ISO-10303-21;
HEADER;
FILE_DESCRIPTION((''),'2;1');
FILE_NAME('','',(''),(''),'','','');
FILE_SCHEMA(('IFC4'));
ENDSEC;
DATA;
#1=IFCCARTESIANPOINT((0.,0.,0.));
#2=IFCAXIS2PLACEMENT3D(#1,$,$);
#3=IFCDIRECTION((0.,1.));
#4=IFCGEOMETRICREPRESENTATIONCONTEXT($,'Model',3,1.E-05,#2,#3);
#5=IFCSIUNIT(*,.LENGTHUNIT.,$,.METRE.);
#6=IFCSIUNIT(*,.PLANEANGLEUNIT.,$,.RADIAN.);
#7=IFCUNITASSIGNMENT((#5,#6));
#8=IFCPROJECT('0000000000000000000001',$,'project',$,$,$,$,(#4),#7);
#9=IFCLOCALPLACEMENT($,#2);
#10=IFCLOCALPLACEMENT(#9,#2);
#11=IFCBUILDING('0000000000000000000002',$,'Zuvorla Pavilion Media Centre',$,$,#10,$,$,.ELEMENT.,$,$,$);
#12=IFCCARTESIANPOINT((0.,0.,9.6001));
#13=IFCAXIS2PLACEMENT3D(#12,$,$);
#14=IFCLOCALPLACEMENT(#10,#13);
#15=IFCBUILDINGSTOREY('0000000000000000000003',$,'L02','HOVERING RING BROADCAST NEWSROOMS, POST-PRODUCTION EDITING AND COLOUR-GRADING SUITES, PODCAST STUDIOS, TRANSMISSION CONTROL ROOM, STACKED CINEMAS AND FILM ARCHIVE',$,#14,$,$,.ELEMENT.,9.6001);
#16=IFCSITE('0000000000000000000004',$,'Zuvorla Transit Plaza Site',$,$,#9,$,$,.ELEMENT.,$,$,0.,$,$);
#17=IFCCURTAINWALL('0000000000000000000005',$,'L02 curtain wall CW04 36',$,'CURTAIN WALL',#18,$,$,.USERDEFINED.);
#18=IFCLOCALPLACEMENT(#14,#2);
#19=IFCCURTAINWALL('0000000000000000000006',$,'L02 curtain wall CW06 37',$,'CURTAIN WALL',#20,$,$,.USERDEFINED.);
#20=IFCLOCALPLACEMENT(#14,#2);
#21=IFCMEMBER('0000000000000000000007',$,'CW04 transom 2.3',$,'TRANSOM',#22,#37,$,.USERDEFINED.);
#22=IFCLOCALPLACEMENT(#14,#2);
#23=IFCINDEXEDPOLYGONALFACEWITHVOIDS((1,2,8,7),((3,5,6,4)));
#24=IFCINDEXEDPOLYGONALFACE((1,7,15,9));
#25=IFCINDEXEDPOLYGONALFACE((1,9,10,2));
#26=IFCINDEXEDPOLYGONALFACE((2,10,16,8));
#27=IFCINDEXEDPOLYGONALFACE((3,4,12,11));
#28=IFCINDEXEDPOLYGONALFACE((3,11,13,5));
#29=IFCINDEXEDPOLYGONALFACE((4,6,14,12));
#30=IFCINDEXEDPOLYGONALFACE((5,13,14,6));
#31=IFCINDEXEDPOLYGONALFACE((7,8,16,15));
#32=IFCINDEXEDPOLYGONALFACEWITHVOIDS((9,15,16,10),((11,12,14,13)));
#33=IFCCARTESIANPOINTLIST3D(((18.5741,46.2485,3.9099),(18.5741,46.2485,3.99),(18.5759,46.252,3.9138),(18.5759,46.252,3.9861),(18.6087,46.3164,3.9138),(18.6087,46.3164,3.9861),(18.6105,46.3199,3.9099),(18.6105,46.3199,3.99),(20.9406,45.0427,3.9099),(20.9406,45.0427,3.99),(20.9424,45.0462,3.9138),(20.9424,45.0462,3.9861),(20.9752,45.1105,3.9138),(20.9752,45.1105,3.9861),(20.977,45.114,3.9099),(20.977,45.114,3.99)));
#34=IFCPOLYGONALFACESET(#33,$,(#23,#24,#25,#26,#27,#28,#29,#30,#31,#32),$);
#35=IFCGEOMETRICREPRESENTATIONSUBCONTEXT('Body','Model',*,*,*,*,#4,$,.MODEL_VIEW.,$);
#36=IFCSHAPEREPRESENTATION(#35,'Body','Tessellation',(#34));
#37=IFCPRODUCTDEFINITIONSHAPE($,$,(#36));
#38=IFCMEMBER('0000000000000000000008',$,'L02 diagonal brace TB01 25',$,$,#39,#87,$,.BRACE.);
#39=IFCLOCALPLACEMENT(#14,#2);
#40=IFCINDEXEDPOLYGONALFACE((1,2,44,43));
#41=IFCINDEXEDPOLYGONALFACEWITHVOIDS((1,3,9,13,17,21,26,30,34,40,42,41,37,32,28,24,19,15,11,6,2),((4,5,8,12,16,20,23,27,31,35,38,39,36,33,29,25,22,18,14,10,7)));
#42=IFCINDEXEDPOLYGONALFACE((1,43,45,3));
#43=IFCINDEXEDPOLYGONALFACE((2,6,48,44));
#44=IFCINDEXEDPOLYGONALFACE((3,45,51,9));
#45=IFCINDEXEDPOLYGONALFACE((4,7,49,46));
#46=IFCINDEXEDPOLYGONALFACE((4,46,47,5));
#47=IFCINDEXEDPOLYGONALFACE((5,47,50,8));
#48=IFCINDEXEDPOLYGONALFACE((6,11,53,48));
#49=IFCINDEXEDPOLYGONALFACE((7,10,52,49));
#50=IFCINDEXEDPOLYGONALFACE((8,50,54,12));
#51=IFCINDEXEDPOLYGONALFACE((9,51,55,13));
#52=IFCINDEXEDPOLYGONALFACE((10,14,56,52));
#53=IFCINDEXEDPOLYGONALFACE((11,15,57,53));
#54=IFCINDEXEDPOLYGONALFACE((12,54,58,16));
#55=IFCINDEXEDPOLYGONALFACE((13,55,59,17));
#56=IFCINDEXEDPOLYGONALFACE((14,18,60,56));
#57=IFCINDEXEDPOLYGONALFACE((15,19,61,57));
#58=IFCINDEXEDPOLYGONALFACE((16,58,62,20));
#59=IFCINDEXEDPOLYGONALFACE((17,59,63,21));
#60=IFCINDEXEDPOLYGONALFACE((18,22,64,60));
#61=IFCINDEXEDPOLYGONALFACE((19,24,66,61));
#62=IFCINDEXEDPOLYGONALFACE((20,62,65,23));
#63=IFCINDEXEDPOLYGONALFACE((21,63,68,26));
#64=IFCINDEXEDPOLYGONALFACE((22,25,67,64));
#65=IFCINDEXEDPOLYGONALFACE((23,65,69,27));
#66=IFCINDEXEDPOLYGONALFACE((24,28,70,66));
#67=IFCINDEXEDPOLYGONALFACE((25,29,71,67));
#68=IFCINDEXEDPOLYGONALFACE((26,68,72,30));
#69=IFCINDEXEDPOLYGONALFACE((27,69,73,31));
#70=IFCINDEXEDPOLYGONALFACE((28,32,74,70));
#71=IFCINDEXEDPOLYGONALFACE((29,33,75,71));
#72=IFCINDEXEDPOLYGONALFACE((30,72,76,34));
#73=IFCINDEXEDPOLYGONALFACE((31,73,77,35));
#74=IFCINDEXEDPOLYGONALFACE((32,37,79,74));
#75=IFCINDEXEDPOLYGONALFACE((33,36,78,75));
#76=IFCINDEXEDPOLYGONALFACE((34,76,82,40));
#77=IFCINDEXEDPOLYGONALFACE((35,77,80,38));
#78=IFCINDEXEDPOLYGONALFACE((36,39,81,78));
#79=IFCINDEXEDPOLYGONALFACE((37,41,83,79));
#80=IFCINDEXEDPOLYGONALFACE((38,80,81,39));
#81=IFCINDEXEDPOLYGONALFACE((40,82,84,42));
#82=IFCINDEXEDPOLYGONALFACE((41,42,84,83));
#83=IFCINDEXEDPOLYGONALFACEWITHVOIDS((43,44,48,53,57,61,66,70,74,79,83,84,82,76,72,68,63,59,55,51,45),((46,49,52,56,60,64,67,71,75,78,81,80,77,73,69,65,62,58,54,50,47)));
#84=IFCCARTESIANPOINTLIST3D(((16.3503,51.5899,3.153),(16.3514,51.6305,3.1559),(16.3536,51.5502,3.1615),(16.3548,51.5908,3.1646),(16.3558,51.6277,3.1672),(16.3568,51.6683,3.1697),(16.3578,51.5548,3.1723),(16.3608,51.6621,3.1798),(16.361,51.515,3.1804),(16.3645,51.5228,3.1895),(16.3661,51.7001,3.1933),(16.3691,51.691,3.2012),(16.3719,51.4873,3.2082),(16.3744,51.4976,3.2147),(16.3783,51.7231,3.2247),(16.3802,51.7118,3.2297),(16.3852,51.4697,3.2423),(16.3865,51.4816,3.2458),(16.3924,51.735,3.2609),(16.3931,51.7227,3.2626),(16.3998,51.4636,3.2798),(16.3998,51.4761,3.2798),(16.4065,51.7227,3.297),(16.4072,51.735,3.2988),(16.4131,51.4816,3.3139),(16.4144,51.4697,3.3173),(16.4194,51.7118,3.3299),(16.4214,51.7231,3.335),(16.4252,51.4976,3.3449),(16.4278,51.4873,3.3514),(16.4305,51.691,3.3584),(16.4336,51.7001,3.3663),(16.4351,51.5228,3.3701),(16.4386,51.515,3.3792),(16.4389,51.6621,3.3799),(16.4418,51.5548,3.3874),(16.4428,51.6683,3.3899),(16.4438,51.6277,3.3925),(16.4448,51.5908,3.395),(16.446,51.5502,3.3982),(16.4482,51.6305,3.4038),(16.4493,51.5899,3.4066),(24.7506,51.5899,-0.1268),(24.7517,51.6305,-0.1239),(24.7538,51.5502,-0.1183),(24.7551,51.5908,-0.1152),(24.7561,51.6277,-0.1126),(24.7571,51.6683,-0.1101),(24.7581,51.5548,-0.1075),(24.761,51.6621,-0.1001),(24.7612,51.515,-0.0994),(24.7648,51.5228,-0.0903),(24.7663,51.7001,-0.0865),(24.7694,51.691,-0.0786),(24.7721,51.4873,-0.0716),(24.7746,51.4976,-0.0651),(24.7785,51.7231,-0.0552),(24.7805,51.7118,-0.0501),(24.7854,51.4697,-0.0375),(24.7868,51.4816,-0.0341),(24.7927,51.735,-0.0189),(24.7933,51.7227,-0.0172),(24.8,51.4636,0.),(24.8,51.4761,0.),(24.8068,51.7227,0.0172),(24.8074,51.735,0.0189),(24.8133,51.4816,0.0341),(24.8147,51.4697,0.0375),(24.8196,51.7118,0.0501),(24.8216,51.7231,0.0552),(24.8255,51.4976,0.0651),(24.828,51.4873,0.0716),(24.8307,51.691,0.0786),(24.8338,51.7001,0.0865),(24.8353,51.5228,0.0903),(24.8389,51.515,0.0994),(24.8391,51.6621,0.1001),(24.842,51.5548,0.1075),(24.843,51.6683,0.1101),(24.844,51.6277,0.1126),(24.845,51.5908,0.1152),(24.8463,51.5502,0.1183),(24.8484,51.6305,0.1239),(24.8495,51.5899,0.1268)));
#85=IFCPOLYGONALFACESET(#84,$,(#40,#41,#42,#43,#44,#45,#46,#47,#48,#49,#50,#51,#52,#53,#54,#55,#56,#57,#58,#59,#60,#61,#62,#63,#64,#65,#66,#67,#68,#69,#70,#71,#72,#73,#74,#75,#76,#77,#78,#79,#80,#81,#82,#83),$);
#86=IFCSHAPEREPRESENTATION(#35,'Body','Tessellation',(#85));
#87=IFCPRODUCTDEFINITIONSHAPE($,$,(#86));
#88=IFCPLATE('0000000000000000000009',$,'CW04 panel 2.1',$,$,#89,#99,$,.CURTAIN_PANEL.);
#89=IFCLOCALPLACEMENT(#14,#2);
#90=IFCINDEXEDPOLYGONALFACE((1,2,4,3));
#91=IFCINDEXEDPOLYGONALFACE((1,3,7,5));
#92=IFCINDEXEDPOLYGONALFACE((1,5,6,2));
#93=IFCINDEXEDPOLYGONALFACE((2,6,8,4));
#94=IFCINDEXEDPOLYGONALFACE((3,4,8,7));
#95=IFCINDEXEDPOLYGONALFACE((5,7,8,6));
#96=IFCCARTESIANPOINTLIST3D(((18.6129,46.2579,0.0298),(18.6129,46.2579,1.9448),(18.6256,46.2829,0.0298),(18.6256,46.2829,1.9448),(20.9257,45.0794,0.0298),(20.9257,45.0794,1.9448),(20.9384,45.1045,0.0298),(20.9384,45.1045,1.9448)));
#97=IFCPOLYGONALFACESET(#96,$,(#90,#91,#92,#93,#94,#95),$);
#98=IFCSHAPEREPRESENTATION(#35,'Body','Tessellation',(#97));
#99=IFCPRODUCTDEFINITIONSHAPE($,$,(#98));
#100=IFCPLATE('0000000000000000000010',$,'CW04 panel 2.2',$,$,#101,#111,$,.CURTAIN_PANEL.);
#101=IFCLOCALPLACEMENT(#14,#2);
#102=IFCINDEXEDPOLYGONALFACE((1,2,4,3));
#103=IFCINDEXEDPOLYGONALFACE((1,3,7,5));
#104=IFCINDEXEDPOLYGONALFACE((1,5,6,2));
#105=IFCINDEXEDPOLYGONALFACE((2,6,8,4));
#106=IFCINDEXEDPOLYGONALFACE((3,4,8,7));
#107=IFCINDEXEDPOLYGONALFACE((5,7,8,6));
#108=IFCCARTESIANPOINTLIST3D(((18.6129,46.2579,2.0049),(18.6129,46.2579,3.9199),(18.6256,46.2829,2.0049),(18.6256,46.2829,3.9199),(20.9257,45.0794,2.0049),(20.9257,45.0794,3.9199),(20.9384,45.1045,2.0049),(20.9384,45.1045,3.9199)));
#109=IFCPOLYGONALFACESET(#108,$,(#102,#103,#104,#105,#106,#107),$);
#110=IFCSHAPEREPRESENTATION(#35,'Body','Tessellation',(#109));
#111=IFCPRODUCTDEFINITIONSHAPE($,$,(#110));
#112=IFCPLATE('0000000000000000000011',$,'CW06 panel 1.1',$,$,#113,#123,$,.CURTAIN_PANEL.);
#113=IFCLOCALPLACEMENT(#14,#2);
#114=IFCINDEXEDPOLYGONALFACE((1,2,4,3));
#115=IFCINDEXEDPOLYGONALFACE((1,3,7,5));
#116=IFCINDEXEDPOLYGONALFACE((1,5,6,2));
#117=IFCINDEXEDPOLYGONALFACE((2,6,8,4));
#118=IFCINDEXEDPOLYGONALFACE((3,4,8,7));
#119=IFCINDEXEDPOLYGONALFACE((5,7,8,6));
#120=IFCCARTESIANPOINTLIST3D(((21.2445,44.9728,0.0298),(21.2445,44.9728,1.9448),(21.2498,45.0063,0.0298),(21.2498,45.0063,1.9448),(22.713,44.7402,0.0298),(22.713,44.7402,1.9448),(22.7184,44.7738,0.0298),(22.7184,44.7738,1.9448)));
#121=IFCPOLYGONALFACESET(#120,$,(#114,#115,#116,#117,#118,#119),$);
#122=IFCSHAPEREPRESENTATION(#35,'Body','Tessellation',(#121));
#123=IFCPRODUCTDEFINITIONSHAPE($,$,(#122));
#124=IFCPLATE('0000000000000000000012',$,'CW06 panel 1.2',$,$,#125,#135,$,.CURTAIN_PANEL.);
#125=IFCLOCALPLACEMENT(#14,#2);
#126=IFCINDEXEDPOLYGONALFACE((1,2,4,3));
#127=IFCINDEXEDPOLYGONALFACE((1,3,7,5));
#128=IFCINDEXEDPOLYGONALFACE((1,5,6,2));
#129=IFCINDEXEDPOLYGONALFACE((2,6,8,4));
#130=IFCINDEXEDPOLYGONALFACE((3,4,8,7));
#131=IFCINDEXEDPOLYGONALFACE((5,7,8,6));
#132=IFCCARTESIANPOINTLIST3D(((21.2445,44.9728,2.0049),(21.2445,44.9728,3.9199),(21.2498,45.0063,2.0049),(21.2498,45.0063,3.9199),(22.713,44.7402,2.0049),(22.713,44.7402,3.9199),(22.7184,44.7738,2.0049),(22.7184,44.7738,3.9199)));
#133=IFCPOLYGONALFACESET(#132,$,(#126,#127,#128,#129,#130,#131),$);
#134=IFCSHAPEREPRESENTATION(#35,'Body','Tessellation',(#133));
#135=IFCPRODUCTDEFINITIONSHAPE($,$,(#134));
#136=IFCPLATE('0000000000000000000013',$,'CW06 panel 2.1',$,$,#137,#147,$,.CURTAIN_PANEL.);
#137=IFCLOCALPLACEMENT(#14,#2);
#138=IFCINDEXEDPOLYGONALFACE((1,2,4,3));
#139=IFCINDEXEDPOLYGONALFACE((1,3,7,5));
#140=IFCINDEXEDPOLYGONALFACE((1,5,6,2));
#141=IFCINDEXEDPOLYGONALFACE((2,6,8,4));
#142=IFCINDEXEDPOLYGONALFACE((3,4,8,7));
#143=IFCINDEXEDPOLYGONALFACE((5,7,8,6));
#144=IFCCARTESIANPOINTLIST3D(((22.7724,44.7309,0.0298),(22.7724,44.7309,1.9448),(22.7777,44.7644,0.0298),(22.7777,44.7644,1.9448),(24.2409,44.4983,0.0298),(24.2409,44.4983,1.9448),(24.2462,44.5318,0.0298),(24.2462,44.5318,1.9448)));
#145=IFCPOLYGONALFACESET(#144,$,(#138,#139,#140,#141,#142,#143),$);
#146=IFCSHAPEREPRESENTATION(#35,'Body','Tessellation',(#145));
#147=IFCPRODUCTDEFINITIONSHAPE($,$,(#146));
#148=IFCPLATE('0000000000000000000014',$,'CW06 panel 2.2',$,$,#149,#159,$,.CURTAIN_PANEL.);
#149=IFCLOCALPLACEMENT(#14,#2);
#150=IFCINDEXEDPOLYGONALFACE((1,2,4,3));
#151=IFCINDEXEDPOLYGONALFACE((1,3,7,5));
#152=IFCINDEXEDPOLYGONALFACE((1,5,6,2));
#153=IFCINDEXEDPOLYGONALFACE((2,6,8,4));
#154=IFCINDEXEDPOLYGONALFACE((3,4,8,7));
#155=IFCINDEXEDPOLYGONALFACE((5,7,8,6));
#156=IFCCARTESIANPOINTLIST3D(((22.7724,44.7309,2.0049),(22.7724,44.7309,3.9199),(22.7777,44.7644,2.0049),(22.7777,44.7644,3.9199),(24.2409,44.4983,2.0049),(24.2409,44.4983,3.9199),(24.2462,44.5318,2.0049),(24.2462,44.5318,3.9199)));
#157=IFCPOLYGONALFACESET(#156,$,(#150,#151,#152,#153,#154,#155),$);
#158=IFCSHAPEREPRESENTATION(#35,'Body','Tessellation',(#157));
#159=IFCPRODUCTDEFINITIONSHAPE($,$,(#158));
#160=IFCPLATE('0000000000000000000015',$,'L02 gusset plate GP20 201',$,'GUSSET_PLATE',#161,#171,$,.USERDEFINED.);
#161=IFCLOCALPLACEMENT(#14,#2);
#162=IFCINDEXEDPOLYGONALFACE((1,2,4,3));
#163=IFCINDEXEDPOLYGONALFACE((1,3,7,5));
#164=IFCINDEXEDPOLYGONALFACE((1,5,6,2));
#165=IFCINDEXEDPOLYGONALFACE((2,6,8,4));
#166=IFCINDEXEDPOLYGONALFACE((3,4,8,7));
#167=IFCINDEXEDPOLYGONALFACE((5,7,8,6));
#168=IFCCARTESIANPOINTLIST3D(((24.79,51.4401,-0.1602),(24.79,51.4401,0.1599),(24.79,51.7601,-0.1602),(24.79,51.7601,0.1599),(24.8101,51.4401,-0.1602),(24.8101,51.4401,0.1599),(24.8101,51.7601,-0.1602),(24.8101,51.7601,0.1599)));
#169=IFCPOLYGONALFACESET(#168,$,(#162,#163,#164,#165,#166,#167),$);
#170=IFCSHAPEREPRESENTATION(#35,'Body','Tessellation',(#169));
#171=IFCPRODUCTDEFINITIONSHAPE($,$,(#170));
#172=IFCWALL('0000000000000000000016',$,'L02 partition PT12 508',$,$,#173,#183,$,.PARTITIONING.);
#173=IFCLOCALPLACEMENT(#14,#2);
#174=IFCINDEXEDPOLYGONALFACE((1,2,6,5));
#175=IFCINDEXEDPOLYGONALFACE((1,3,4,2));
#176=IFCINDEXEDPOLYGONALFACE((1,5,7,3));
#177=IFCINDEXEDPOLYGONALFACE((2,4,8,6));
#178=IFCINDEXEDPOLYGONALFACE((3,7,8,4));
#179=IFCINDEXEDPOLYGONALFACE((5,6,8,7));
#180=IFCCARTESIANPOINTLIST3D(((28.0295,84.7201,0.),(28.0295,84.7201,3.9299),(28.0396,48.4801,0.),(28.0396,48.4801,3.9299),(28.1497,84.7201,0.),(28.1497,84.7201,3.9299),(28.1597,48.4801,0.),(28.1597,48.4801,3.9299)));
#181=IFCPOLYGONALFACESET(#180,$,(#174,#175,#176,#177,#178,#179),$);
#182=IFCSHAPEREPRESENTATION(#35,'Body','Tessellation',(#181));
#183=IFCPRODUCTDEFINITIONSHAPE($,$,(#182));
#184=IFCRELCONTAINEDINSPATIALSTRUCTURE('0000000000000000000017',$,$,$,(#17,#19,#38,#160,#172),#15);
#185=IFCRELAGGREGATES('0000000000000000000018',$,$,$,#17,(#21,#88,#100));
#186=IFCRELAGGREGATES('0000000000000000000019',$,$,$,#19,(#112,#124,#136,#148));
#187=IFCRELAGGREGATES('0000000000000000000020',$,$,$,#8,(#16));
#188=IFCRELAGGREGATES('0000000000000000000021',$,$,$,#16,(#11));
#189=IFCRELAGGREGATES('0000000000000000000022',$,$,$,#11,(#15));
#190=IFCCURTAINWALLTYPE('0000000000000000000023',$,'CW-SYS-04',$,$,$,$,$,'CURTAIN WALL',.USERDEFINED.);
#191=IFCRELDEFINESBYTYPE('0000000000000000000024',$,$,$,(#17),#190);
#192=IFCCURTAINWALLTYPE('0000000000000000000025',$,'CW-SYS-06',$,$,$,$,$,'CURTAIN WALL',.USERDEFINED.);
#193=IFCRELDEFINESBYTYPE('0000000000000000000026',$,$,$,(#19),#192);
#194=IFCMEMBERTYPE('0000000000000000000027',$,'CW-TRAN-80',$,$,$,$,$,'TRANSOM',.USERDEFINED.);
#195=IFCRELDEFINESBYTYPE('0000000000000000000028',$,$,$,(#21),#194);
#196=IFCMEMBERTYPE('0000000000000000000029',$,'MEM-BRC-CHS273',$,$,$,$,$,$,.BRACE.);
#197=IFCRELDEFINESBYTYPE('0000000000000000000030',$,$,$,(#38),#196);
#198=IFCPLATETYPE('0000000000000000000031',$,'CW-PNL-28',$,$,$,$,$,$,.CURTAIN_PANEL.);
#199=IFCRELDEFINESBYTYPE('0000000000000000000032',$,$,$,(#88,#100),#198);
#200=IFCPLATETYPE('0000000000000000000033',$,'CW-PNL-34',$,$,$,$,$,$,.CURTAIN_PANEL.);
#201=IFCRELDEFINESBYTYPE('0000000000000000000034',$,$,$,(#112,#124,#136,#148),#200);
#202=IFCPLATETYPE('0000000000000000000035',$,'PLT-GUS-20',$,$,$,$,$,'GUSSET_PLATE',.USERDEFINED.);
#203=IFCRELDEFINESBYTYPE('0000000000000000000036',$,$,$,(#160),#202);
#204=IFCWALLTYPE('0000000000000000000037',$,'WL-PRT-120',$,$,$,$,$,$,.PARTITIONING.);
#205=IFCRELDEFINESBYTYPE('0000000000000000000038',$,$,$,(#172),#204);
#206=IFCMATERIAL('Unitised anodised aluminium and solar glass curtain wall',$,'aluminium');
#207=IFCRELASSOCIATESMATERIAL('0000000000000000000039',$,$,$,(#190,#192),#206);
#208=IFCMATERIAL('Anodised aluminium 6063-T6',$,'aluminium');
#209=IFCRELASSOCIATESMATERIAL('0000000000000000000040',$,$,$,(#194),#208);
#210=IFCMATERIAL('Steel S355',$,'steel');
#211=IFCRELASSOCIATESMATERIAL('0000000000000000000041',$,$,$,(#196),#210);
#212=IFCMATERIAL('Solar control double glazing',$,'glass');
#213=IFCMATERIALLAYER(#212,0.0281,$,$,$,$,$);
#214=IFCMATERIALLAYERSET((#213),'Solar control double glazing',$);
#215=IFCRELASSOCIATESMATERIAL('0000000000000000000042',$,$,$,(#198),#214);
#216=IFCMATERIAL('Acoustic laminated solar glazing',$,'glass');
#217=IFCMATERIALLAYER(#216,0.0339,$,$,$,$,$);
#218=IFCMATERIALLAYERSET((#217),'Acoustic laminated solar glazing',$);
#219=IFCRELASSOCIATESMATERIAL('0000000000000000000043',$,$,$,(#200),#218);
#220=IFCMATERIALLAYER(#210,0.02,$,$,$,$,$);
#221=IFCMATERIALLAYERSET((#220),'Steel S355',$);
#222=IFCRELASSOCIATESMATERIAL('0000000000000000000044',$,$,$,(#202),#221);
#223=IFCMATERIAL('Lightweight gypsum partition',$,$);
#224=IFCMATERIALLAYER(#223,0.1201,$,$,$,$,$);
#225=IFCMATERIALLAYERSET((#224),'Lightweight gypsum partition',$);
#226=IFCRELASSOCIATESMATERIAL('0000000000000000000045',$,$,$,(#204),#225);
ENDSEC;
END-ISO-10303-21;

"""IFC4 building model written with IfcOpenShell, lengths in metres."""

from ifc_helpers import new_model, si_unit, direction, frame, frame_2d, origin, origin_2d, place, context, subcontext, project, spatial, rectangle, hollow_rectangle, hollow_circle, extrude, material, layer, layer_set, material_profile, profile_set, type_object, element, aggregate, save


model = new_model("IFC4")

# Units and contexts
model_context = context("Model", 3, precision=1e-05, world=origin(), true_north=direction((0.0, 1.0)))
body_context = subcontext(model_context, "Body", "Model", "MODEL_VIEW")
ifc_project = project(units=[si_unit("LENGTHUNIT", "METRE"), si_unit("PLANEANGLEUNIT", "RADIAN")], contexts=[model_context])

# Site, building, storey
site_placement = place(None, origin())
site = spatial("IfcSite", under=ifc_project, at=site_placement, Name="Zuvorla Transit Plaza Site", CompositionType="ELEMENT", RefElevation=0.0)
building_placement = place(site_placement, origin())
building = spatial("IfcBuilding", under=site, at=building_placement, Name="Zuvorla Pavilion Media Centre", CompositionType="ELEMENT")
storey_placement = place(building_placement, frame((0.0, 0.0, 9.6001)))
storey = spatial("IfcBuildingStorey", under=building, at=storey_placement, Name="L02", Description="HOVERING RING BROADCAST NEWSROOMS, POST-PRODUCTION EDITING AND COLOUR-GRADING SUITES, PODCAST STUDIOS, TRANSMISSION CONTROL ROOM, STACKED CINEMAS AND FILM ARCHIVE", CompositionType="ELEMENT", Elevation=9.6001)

# Shared definitions
ifc_material_1 = material(Name="Steel S355", Category="steel")

# Curtain wall
ifc_material_2 = material(Name="Unitised anodised aluminium and solar glass curtain wall", Category="aluminium")
curtain_wall_type_1 = type_object("IfcCurtainWallType", Name="CW-SYS-04", ElementType="CURTAIN WALL", PredefinedType="USERDEFINED", material=ifc_material_2)
curtain_wall_1_placement = place(storey_placement, origin())
curtain_wall_1 = element("IfcCurtainWall", 1, at=curtain_wall_1_placement, inside=storey, type_object=curtain_wall_type_1, Name="L02 curtain wall CW04 36", ObjectType="CURTAIN WALL", PredefinedType="USERDEFINED")
ifc_material_3 = material(Name="Anodised aluminium 6063-T6", Category="aluminium")

# Curtain wall
curtain_wall_type_2 = type_object("IfcCurtainWallType", Name="CW-SYS-06", ElementType="CURTAIN WALL", PredefinedType="USERDEFINED", material=ifc_material_2)
curtain_wall_2_placement = place(storey_placement, origin())
curtain_wall_2 = element("IfcCurtainWall", 2, at=curtain_wall_2_placement, inside=storey, type_object=curtain_wall_type_2, Name="L02 curtain wall CW06 37", ObjectType="CURTAIN WALL", PredefinedType="USERDEFINED")

# Members
ifc_material_profile_1 = material_profile(ifc_material_3, hollow_rectangle(XDim=0.0801, YDim=0.0801, WallThickness=0.0039, at=origin_2d()), Name="ALU TRAN 80x80")
ifc_profile_set_1 = profile_set([ifc_material_profile_1], Name="Anodised aluminium 6063-T6")
member_type_1 = type_object("IfcMemberType", Name="CW-TRAN-80", ElementType="TRANSOM", PredefinedType="USERDEFINED", material=ifc_profile_set_1)
member_1_placement = place(storey_placement, frame((18.5923, 46.2842, 3.95), z_axis=(0.891, -0.454003, 0.0), x_axis=(0.454003, 0.891, 0.0)))
member_1 = element("IfcMember", 3, at=member_1_placement, type_object=member_type_1, Name="CW04 transom 2.3", ObjectType="TRANSOM", PredefinedType="USERDEFINED", context=body_context, shape_type="SweptSolid", body=[
    extrude(hollow_rectangle(XDim=0.0801, YDim=0.0801, WallThickness=0.0039, at=origin_2d()), origin(), (0.0, 0.0, 1.0), 2.656),
])
ifc_material_profile_2 = material_profile(ifc_material_1, hollow_circle(Radius=0.1365, WallThickness=0.0125, at=origin_2d()), Name="CHS 273x12.5")
ifc_profile_set_2 = profile_set([ifc_material_profile_2], Name="Steel S355")
member_type_2 = type_object("IfcMemberType", Name="MEM-BRC-CHS273", PredefinedType="BRACE", material=ifc_profile_set_2)
member_2_placement = place(storey_placement, frame((24.8, 51.6001, 0.0), z_axis=(-0.931515, 0.0, 0.363704), x_axis=(0.0, -1.0, 0.0)))
element("IfcMember", 4, at=member_2_placement, inside=storey, type_object=member_type_2, Name="L02 diagonal brace TB01 25", PredefinedType="BRACE", context=body_context, shape_type="SweptSolid", body=[
    extrude(hollow_circle(Radius=0.1365, WallThickness=0.0125, at=origin_2d()), origin(), (0.0, 0.0, 1.0), 9.0178),
])

# Plates
ifc_material_4 = material(Name="Solar control double glazing", Category="glass")
ifc_layer_1 = layer(ifc_material_4, 0.0281)
ifc_layer_set_1 = layer_set([ifc_layer_1], Name="Solar control double glazing")
plate_type_1 = type_object("IfcPlateType", Name="CW-PNL-28", PredefinedType="CURTAIN_PANEL", material=ifc_layer_set_1)
plate_1_placement = place(storey_placement, frame((19.7756, 45.6812, 0.0298), z_axis=(0.0, 0.0, 1.0), x_axis=(0.891009, -0.453986, 0.0)))
plate_1 = element("IfcPlate", 5, at=plate_1_placement, type_object=plate_type_1, Name="CW04 panel 2.1", PredefinedType="CURTAIN_PANEL", context=body_context, shape_type="SweptSolid", body=[
    extrude(rectangle(XDim=2.5957, YDim=0.0281, at=origin_2d()), origin(), (0.0, 0.0, 1.0), 1.915),
])
plate_2_placement = place(storey_placement, frame((19.7756, 45.6812, 2.0049), z_axis=(0.0, 0.0, 1.0), x_axis=(0.891009, -0.453986, 0.0)))
plate_2 = element("IfcPlate", 6, at=plate_2_placement, type_object=plate_type_1, Name="CW04 panel 2.2", PredefinedType="CURTAIN_PANEL", context=body_context, shape_type="SweptSolid", body=[
    extrude(rectangle(XDim=2.5957, YDim=0.0281, at=origin_2d()), origin(), (0.0, 0.0, 1.0), 1.915),
])
aggregate(curtain_wall_1, [member_1, plate_1, plate_2])
ifc_material_5 = material(Name="Acoustic laminated solar glazing", Category="glass")
ifc_layer_2 = layer(ifc_material_5, 0.0339)
ifc_layer_set_2 = layer_set([ifc_layer_2], Name="Acoustic laminated solar glazing")
plate_type_2 = type_object("IfcPlateType", Name="CW-PNL-34", PredefinedType="CURTAIN_PANEL", material=ifc_layer_set_2)
plate_3_placement = place(storey_placement, frame((21.9814, 44.8733, 0.0298), z_axis=(0.0, 0.0, 1.0), x_axis=(0.987691, -0.156421, 0.0)))
plate_3 = element("IfcPlate", 7, at=plate_3_placement, type_object=plate_type_2, Name="CW06 panel 1.1", PredefinedType="CURTAIN_PANEL", context=body_context, shape_type="SweptSolid", body=[
    extrude(rectangle(XDim=1.4868, YDim=0.0339, at=origin_2d()), origin(), (0.0, 0.0, 1.0), 1.915),
])
plate_4_placement = place(storey_placement, frame((21.9814, 44.8733, 2.0049), z_axis=(0.0, 0.0, 1.0), x_axis=(0.987691, -0.156421, 0.0)))
plate_4 = element("IfcPlate", 8, at=plate_4_placement, type_object=plate_type_2, Name="CW06 panel 1.2", PredefinedType="CURTAIN_PANEL", context=body_context, shape_type="SweptSolid", body=[
    extrude(rectangle(XDim=1.4868, YDim=0.0339, at=origin_2d()), origin(), (0.0, 0.0, 1.0), 1.915),
])
plate_5_placement = place(storey_placement, frame((23.5093, 44.6313, 0.0298), z_axis=(0.0, 0.0, 1.0), x_axis=(0.987691, -0.156421, 0.0)))
plate_5 = element("IfcPlate", 9, at=plate_5_placement, type_object=plate_type_2, Name="CW06 panel 2.1", PredefinedType="CURTAIN_PANEL", context=body_context, shape_type="SweptSolid", body=[
    extrude(rectangle(XDim=1.4868, YDim=0.0339, at=origin_2d()), origin(), (0.0, 0.0, 1.0), 1.915),
])
plate_6_placement = place(storey_placement, frame((23.5093, 44.6313, 2.0049), z_axis=(0.0, 0.0, 1.0), x_axis=(0.987691, -0.156421, 0.0)))
plate_6 = element("IfcPlate", 10, at=plate_6_placement, type_object=plate_type_2, Name="CW06 panel 2.2", PredefinedType="CURTAIN_PANEL", context=body_context, shape_type="SweptSolid", body=[
    extrude(rectangle(XDim=1.4868, YDim=0.0339, at=origin_2d()), origin(), (0.0, 0.0, 1.0), 1.915),
])
aggregate(curtain_wall_2, [plate_3, plate_4, plate_5, plate_6])
ifc_layer_3 = layer(ifc_material_1, 0.02)
ifc_layer_set_3 = layer_set([ifc_layer_3], Name="Steel S355")
plate_type_3 = type_object("IfcPlateType", Name="PLT-GUS-20", ElementType="GUSSET_PLATE", PredefinedType="USERDEFINED", material=ifc_layer_set_3)
plate_7_placement = place(storey_placement, frame((24.8, 51.6001, -0.1602), z_axis=(0.0, 0.0, 1.0), x_axis=(1.0, 0.0, 0.0)))
element("IfcPlate", 11, at=plate_7_placement, inside=storey, type_object=plate_type_3, Name="L02 gusset plate GP20 201", ObjectType="GUSSET_PLATE", PredefinedType="USERDEFINED", context=body_context, shape_type="SweptSolid", body=[
    extrude(rectangle(XDim=0.02, YDim=0.3201, at=origin_2d()), origin(), (0.0, 0.0, 1.0), 0.3201),
])

# Wall
ifc_material_6 = material(Name="Lightweight gypsum partition")
ifc_layer_4 = layer(ifc_material_6, 0.1201)
ifc_layer_set_4 = layer_set([ifc_layer_4], Name="Lightweight gypsum partition")
wall_type = type_object("IfcWallType", Name="WL-PRT-120", PredefinedType="PARTITIONING", material=ifc_layer_set_4)
wall_placement = place(storey_placement, frame((28.0996, 48.48, 0.0), z_axis=(0.0, 0.0, 1.0), x_axis=(-0.000276, 1.0, 0.0)))
element("IfcWall", 12, at=wall_placement, inside=storey, type_object=wall_type, Name="L02 partition PT12 508", PredefinedType="PARTITIONING", context=body_context, shape_type="SweptSolid", body=[
    extrude(rectangle(XDim=36.24, YDim=0.1201, at=frame_2d((18.1201, 0.0))), origin(), (0.0, 0.0, 1.0), 3.9299),
])

save(model, "model.ifc")
